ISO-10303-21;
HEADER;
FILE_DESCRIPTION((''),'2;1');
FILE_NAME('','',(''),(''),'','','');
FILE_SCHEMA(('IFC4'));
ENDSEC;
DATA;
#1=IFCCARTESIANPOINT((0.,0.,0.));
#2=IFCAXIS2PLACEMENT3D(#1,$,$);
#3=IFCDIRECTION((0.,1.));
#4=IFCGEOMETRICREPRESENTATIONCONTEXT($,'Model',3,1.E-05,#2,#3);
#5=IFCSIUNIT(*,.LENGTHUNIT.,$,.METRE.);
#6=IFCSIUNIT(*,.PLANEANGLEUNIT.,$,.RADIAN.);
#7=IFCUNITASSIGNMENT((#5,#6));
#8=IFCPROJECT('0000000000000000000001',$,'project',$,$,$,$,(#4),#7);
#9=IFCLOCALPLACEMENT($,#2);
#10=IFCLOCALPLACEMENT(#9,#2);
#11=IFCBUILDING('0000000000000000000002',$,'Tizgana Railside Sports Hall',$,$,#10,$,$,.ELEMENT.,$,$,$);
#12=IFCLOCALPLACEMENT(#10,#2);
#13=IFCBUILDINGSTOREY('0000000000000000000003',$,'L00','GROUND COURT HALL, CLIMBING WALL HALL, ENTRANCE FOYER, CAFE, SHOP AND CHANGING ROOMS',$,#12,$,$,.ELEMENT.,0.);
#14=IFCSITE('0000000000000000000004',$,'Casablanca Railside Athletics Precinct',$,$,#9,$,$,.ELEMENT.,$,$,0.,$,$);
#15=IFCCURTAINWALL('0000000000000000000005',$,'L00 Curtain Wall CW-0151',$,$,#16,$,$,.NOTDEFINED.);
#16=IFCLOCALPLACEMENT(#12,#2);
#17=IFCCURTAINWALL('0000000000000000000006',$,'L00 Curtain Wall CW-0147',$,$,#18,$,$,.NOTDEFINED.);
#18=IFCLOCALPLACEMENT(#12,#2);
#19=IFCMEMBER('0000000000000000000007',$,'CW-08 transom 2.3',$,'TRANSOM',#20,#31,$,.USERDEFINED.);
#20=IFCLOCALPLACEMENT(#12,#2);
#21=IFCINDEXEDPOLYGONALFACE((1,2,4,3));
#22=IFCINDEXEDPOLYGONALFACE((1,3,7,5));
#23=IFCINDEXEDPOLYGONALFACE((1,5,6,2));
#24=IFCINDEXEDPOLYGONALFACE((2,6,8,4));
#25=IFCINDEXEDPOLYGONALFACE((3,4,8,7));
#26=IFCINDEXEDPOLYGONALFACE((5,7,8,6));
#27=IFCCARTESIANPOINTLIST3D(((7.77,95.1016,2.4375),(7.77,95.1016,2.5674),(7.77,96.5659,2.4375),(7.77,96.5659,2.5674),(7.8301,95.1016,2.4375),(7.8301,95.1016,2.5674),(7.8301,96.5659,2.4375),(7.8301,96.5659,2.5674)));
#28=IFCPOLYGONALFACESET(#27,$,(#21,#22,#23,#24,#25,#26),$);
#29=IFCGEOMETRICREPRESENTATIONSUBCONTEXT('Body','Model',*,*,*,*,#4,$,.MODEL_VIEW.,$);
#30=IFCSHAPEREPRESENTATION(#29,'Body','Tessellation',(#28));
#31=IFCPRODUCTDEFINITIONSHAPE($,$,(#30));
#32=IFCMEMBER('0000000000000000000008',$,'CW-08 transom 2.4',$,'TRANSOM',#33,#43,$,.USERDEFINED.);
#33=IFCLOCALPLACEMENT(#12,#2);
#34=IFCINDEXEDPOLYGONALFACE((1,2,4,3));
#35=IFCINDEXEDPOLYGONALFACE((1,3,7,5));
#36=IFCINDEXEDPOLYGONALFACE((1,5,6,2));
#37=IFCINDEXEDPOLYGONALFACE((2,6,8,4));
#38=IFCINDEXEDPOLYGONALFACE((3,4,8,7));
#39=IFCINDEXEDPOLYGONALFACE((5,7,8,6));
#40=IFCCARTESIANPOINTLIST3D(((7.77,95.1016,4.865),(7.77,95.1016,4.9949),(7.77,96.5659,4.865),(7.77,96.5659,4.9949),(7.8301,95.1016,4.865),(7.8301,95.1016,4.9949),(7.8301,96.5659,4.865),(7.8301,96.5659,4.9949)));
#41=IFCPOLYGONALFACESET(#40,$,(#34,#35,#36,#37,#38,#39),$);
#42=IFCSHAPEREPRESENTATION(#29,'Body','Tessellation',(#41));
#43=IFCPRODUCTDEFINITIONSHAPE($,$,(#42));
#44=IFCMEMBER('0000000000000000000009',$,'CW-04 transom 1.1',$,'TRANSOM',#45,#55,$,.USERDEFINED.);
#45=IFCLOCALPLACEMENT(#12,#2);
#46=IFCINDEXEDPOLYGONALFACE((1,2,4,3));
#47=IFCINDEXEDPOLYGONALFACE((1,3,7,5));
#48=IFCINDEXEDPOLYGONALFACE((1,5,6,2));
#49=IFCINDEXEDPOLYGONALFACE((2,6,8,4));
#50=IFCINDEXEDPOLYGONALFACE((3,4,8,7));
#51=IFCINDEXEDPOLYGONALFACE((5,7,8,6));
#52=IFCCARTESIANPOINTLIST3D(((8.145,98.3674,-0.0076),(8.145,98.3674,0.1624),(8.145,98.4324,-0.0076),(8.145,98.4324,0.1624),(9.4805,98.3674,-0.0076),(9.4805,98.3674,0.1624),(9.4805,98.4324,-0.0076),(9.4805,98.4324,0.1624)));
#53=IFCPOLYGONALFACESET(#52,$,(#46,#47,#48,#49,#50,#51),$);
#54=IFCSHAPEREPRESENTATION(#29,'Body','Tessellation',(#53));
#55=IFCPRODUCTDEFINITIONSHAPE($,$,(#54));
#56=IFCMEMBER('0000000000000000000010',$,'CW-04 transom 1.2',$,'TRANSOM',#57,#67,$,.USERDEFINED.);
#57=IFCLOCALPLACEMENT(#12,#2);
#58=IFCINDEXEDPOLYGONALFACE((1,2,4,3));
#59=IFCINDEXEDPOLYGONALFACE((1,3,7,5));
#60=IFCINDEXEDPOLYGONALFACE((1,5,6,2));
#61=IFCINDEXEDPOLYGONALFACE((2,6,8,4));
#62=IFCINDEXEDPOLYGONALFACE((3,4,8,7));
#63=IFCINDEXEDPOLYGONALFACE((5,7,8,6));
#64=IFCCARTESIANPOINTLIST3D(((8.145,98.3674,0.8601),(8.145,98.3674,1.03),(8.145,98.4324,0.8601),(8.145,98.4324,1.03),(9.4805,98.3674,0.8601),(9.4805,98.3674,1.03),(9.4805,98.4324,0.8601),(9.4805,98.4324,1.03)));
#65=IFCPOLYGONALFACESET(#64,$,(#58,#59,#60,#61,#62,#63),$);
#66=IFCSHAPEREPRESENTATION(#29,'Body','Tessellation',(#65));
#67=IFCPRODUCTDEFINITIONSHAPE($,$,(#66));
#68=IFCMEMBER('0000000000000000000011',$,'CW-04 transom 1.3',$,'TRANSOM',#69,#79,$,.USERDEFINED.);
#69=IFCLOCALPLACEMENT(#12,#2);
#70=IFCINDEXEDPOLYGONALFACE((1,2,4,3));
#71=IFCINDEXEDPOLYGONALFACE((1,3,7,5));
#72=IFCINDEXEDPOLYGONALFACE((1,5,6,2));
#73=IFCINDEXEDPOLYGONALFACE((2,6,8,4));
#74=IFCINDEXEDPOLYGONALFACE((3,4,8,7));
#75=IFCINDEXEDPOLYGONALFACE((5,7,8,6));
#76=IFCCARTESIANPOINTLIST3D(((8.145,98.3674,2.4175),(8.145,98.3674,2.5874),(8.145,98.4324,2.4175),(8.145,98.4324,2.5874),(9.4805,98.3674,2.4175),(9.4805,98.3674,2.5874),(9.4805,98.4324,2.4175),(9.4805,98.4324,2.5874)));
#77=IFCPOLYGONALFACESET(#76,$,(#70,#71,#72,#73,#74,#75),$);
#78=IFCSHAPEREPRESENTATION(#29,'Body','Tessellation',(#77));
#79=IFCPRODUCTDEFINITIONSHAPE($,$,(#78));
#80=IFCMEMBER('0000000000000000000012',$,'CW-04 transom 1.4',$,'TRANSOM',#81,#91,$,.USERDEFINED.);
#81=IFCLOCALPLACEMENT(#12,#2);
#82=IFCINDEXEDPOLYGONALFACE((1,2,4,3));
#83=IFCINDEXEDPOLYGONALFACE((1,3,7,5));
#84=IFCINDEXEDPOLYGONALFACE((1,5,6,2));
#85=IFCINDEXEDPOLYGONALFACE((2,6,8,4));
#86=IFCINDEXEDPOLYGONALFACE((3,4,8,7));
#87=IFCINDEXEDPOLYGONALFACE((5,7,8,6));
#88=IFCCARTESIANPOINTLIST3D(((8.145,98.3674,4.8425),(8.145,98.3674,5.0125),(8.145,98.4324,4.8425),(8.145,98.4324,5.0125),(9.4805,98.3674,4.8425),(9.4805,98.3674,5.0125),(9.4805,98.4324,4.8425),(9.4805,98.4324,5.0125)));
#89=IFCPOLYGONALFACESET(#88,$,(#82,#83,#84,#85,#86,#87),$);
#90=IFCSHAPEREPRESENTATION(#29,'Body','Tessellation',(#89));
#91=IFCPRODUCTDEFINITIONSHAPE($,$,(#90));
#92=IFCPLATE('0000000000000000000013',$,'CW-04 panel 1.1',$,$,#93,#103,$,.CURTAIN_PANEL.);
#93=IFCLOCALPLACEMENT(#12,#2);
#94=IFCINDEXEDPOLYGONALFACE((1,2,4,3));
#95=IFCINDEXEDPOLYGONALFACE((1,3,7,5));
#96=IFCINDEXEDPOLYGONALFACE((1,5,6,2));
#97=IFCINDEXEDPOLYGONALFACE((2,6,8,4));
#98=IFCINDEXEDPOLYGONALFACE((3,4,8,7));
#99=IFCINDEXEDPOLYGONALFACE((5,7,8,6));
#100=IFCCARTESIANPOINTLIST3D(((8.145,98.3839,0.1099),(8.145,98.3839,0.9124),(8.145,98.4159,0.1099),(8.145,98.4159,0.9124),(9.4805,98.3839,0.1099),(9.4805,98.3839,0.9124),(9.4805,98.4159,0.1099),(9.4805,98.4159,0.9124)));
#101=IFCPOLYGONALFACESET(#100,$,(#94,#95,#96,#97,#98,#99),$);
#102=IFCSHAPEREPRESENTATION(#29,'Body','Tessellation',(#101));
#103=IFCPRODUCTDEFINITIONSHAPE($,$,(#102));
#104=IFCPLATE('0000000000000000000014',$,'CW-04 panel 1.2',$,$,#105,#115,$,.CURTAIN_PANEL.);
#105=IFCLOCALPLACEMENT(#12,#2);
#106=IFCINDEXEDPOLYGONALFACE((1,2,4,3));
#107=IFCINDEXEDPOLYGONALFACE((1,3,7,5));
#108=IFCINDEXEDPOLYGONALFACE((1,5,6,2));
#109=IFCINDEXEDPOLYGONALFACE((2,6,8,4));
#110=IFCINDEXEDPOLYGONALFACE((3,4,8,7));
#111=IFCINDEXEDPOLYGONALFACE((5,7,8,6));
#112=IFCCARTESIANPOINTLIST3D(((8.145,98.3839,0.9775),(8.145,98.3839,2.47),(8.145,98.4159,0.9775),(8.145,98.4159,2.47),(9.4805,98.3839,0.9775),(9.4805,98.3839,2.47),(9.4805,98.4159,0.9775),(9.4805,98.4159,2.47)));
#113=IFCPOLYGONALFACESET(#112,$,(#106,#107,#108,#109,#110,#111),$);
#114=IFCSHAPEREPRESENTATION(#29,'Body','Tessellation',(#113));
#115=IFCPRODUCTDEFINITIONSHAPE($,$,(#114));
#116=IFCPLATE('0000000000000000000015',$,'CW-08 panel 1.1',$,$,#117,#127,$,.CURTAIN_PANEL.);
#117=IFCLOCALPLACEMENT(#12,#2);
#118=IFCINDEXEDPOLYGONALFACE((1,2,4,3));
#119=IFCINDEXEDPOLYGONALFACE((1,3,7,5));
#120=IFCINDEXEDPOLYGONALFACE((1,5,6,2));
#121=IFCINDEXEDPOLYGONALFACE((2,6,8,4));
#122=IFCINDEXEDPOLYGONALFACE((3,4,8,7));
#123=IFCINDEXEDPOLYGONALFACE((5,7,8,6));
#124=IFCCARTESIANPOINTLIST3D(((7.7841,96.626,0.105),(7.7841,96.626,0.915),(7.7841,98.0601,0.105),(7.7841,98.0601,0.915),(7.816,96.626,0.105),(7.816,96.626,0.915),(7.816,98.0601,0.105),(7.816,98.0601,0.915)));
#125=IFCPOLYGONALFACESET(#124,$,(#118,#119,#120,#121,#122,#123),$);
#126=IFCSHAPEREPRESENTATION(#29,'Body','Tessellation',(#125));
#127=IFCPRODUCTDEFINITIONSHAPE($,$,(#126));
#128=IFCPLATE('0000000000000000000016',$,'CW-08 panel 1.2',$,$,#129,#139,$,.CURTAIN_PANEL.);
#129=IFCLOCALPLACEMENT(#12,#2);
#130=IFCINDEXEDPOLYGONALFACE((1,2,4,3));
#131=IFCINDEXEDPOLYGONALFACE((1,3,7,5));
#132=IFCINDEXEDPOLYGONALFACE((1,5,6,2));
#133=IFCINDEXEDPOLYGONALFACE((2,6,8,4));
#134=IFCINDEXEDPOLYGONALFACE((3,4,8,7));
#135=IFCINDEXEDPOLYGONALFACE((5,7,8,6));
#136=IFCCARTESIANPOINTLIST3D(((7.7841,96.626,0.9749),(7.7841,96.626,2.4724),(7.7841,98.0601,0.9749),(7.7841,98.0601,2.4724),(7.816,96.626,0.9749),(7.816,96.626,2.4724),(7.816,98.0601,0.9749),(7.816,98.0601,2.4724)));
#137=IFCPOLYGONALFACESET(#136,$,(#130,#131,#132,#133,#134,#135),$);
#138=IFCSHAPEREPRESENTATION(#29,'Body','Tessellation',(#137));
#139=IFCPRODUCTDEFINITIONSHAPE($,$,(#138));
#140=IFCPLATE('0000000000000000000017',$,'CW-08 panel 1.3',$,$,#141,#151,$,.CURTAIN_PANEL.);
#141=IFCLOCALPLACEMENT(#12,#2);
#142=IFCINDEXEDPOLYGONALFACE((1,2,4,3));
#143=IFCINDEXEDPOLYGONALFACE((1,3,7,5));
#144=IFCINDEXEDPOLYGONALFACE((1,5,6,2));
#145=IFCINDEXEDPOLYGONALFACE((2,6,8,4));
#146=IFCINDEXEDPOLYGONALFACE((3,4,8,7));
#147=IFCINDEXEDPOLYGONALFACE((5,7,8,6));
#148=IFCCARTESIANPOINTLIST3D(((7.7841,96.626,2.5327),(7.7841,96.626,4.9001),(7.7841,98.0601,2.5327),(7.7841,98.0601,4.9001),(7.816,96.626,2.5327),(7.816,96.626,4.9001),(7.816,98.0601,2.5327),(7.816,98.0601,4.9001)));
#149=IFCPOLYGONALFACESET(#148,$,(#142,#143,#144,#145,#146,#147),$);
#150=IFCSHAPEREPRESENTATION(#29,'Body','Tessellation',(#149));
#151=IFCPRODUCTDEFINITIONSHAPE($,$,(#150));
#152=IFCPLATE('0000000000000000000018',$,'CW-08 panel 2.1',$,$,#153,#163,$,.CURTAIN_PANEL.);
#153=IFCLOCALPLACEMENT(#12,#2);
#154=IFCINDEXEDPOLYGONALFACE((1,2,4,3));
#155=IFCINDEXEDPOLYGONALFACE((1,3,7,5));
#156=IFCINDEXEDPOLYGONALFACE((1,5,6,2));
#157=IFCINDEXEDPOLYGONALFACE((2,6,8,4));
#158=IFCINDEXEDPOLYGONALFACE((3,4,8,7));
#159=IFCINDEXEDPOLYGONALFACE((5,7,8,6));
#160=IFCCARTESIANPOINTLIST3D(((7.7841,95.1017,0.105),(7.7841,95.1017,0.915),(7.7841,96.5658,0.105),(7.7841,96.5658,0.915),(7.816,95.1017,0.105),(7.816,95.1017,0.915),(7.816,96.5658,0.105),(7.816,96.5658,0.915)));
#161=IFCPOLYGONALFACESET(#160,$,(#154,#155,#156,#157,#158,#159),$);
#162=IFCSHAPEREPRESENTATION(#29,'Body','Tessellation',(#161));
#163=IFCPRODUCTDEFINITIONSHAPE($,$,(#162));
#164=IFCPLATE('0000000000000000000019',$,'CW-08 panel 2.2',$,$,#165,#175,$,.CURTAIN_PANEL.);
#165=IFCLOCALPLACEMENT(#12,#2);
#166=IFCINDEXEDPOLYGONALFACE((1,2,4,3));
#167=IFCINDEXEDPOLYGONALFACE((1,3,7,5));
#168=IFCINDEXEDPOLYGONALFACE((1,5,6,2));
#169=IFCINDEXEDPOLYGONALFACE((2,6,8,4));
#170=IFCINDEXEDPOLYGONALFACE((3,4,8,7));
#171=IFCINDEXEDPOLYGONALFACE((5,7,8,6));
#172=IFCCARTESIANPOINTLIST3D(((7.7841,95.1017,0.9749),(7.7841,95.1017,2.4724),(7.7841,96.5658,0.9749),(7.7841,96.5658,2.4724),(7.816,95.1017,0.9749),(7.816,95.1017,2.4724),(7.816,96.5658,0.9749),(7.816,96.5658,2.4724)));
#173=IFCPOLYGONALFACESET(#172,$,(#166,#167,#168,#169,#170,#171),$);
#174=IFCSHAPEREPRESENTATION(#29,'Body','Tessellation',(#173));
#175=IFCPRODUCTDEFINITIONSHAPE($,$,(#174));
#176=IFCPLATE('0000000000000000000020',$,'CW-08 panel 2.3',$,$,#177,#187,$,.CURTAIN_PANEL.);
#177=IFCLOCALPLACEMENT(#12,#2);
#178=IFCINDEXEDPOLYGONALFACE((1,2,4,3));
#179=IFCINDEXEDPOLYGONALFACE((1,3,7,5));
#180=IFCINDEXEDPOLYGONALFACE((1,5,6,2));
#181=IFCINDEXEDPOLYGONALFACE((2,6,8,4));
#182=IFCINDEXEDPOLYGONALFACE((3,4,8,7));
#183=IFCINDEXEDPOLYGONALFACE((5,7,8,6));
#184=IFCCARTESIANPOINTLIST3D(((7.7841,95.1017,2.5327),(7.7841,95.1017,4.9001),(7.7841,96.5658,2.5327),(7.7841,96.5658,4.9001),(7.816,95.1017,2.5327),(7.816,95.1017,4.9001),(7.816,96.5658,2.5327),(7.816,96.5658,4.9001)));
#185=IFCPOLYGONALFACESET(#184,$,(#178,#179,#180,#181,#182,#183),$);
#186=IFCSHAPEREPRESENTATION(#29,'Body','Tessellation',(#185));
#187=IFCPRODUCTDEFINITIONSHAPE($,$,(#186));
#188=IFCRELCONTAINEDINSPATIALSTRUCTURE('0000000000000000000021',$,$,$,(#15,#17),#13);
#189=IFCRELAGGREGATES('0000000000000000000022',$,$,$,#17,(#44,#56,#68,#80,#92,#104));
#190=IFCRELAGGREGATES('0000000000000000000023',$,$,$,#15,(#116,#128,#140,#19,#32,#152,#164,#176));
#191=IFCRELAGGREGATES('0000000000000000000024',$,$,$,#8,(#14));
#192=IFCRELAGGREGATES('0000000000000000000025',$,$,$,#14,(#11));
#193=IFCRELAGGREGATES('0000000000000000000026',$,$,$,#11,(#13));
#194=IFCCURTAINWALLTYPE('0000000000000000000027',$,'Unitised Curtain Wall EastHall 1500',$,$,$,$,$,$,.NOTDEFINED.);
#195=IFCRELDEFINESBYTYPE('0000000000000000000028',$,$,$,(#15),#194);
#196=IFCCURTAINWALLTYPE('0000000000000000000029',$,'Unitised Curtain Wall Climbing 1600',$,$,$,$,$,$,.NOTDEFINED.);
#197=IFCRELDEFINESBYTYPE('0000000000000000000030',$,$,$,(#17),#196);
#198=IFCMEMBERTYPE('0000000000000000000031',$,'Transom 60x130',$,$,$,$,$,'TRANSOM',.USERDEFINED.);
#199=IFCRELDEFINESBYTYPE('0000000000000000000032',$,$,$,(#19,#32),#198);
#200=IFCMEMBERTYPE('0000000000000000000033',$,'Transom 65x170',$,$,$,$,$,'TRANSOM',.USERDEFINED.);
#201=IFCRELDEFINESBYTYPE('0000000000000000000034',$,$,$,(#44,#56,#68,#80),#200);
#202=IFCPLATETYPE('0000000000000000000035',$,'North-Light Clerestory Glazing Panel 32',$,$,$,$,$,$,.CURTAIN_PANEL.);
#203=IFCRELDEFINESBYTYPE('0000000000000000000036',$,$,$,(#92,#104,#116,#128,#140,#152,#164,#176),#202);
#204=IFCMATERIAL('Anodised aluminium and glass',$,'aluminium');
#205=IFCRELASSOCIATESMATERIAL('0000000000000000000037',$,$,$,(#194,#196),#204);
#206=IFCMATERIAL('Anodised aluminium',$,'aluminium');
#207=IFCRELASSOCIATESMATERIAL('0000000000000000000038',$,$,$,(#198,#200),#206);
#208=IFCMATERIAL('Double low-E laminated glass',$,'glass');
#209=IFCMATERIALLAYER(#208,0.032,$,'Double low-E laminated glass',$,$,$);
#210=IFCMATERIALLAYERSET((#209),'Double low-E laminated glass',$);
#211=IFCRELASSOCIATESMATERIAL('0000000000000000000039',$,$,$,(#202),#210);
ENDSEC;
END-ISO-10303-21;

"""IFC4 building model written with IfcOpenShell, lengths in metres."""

from ifc_helpers import new_model, si_unit, direction, frame, origin, origin_2d, place, context, subcontext, project, spatial, rectangle, extrude, material, layer, layer_set, material_profile, profile_set, type_object, element, aggregate, save


model = new_model("IFC4")

# Units and contexts
model_context = context("Model", 3, precision=1e-05, world=origin(), true_north=direction((0.0, 1.0)))
body_context = subcontext(model_context, "Body", "Model", "MODEL_VIEW")
ifc_project = project(units=[si_unit("LENGTHUNIT", "METRE"), si_unit("PLANEANGLEUNIT", "RADIAN")], contexts=[model_context])

# Site, building, storey
site_placement = place(None, origin())
site = spatial("IfcSite", under=ifc_project, at=site_placement, Name="Casablanca Railside Athletics Precinct", CompositionType="ELEMENT", RefElevation=0.0)
building_placement = place(site_placement, origin())
building = spatial("IfcBuilding", under=site, at=building_placement, Name="Tizgana Railside Sports Hall", CompositionType="ELEMENT")
storey_placement = place(building_placement, origin())
storey = spatial("IfcBuildingStorey", under=building, at=storey_placement, Name="L00", Description="GROUND COURT HALL, CLIMBING WALL HALL, ENTRANCE FOYER, CAFE, SHOP AND CHANGING ROOMS", CompositionType="ELEMENT", Elevation=0.0)

# Curtain wall
ifc_material_1 = material(Name="Anodised aluminium and glass", Category="aluminium")
curtain_wall_type_1 = type_object("IfcCurtainWallType", Name="Unitised Curtain Wall EastHall 1500", PredefinedType="NOTDEFINED", material=ifc_material_1)
curtain_wall_1_placement = place(storey_placement, origin())
curtain_wall_1 = element("IfcCurtainWall", 1, at=curtain_wall_1_placement, inside=storey, type_object=curtain_wall_type_1, Name="L00 Curtain Wall CW-0151", PredefinedType="NOTDEFINED")
ifc_material_2 = material(Name="Anodised aluminium", Category="aluminium")

# Curtain wall
curtain_wall_type_2 = type_object("IfcCurtainWallType", Name="Unitised Curtain Wall Climbing 1600", PredefinedType="NOTDEFINED", material=ifc_material_1)
curtain_wall_2_placement = place(storey_placement, origin())
curtain_wall_2 = element("IfcCurtainWall", 2, at=curtain_wall_2_placement, inside=storey, type_object=curtain_wall_type_2, Name="L00 Curtain Wall CW-0147", PredefinedType="NOTDEFINED")

# Members
ifc_material_profile_1 = material_profile(ifc_material_2, rectangle(XDim=0.0601, YDim=0.1299, at=origin_2d()), Name="Transom 60x130")
ifc_profile_set_1 = profile_set([ifc_material_profile_1], Name="Anodised aluminium")
member_type_1 = type_object("IfcMemberType", Name="Transom 60x130", ElementType="TRANSOM", PredefinedType="USERDEFINED", material=ifc_profile_set_1)
member_1_placement = place(storey_placement, frame((7.8, 96.5659, 2.5024), z_axis=(0.0, -1.0, 0.0), x_axis=(1.0, 0.0, 0.0)))
member_1 = element("IfcMember", 3, at=member_1_placement, type_object=member_type_1, Name="CW-08 transom 2.3", ObjectType="TRANSOM", PredefinedType="USERDEFINED", context=body_context, shape_type="SweptSolid", body=[
    extrude(rectangle(XDim=0.0601, YDim=0.1299, at=origin_2d()), origin(), (0.0, 0.0, 1.0), 1.4644),
])
member_2_placement = place(storey_placement, frame((7.8, 96.5659, 4.9299), z_axis=(0.0, -1.0, 0.0), x_axis=(1.0, 0.0, 0.0)))
member_2 = element("IfcMember", 4, at=member_2_placement, type_object=member_type_1, Name="CW-08 transom 2.4", ObjectType="TRANSOM", PredefinedType="USERDEFINED", context=body_context, shape_type="SweptSolid", body=[
    extrude(rectangle(XDim=0.0601, YDim=0.1299, at=origin_2d()), origin(), (0.0, 0.0, 1.0), 1.4644),
])
ifc_material_profile_2 = material_profile(ifc_material_2, rectangle(XDim=0.0649, YDim=0.1699, at=origin_2d()), Name="Transom 65x170")
ifc_profile_set_2 = profile_set([ifc_material_profile_2], Name="Anodised aluminium")
member_type_2 = type_object("IfcMemberType", Name="Transom 65x170", ElementType="TRANSOM", PredefinedType="USERDEFINED", material=ifc_profile_set_2)
member_3_placement = place(storey_placement, frame((8.145, 98.3999, 0.0774), z_axis=(1.0, 0.0, 0.0), x_axis=(0.0, 1.0, 0.0)))
member_3 = element("IfcMember", 5, at=member_3_placement, type_object=member_type_2, Name="CW-04 transom 1.1", ObjectType="TRANSOM", PredefinedType="USERDEFINED", context=body_context, shape_type="SweptSolid", body=[
    extrude(rectangle(XDim=0.0649, YDim=0.1699, at=origin_2d()), origin(), (0.0, 0.0, 1.0), 1.3354),
])
member_4_placement = place(storey_placement, frame((8.145, 98.3999, 0.9451), z_axis=(1.0, 0.0, 0.0), x_axis=(0.0, 1.0, 0.0)))
member_4 = element("IfcMember", 6, at=member_4_placement, type_object=member_type_2, Name="CW-04 transom 1.2", ObjectType="TRANSOM", PredefinedType="USERDEFINED", context=body_context, shape_type="SweptSolid", body=[
    extrude(rectangle(XDim=0.0649, YDim=0.1699, at=origin_2d()), origin(), (0.0, 0.0, 1.0), 1.3354),
])
member_5_placement = place(storey_placement, frame((8.145, 98.3999, 2.5024), z_axis=(1.0, 0.0, 0.0), x_axis=(0.0, 1.0, 0.0)))
member_5 = element("IfcMember", 7, at=member_5_placement, type_object=member_type_2, Name="CW-04 transom 1.3", ObjectType="TRANSOM", PredefinedType="USERDEFINED", context=body_context, shape_type="SweptSolid", body=[
    extrude(rectangle(XDim=0.0649, YDim=0.1699, at=origin_2d()), origin(), (0.0, 0.0, 1.0), 1.3354),
])
member_6_placement = place(storey_placement, frame((8.145, 98.3999, 4.9275), z_axis=(1.0, 0.0, 0.0), x_axis=(0.0, 1.0, 0.0)))
member_6 = element("IfcMember", 8, at=member_6_placement, type_object=member_type_2, Name="CW-04 transom 1.4", ObjectType="TRANSOM", PredefinedType="USERDEFINED", context=body_context, shape_type="SweptSolid", body=[
    extrude(rectangle(XDim=0.0649, YDim=0.1699, at=origin_2d()), origin(), (0.0, 0.0, 1.0), 1.3354),
])

# Plates
ifc_material_3 = material(Name="Double low-E laminated glass", Category="glass")
ifc_layer_1 = layer(ifc_material_3, 0.032, Name="Double low-E laminated glass")
ifc_layer_set_1 = layer_set([ifc_layer_1], Name="Double low-E laminated glass")
plate_type_1 = type_object("IfcPlateType", Name="North-Light Clerestory Glazing Panel 32", PredefinedType="CURTAIN_PANEL", material=ifc_layer_set_1)
plate_1_placement = place(storey_placement, frame((8.8127, 98.3999, 0.1099), z_axis=(0.0, 0.0, 1.0), x_axis=(1.0, 0.0, 0.0)))
plate_1 = element("IfcPlate", 9, at=plate_1_placement, type_object=plate_type_1, Name="CW-04 panel 1.1", PredefinedType="CURTAIN_PANEL", context=body_context, shape_type="SweptSolid", body=[
    extrude(rectangle(XDim=1.3354, YDim=0.032, at=origin_2d()), origin(), (0.0, 0.0, 1.0), 0.8025),
])
plate_2_placement = place(storey_placement, frame((8.8127, 98.3999, 0.9775), z_axis=(0.0, 0.0, 1.0), x_axis=(1.0, 0.0, 0.0)))
plate_2 = element("IfcPlate", 10, at=plate_2_placement, type_object=plate_type_1, Name="CW-04 panel 1.2", PredefinedType="CURTAIN_PANEL", context=body_context, shape_type="SweptSolid", body=[
    extrude(rectangle(XDim=1.3354, YDim=0.032, at=origin_2d()), origin(), (0.0, 0.0, 1.0), 1.4924),
])
aggregate(curtain_wall_2, [member_3, member_4, member_5, member_6, plate_1, plate_2])
plate_3_placement = place(storey_placement, frame((7.8, 97.343, 0.105), z_axis=(0.0, 0.0, 1.0), x_axis=(0.0, -1.0, 0.0)))
plate_3 = element("IfcPlate", 11, at=plate_3_placement, type_object=plate_type_1, Name="CW-08 panel 1.1", PredefinedType="CURTAIN_PANEL", context=body_context, shape_type="SweptSolid", body=[
    extrude(rectangle(XDim=1.4341, YDim=0.032, at=origin_2d()), origin(), (0.0, 0.0, 1.0), 0.8101),
])
plate_4_placement = place(storey_placement, frame((7.8, 97.343, 0.9749), z_axis=(0.0, 0.0, 1.0), x_axis=(0.0, -1.0, 0.0)))
plate_4 = element("IfcPlate", 12, at=plate_4_placement, type_object=plate_type_1, Name="CW-08 panel 1.2", PredefinedType="CURTAIN_PANEL", context=body_context, shape_type="SweptSolid", body=[
    extrude(rectangle(XDim=1.4341, YDim=0.032, at=origin_2d()), origin(), (0.0, 0.0, 1.0), 1.4976),
])
plate_5_placement = place(storey_placement, frame((7.8, 97.343, 2.5327), z_axis=(0.0, 0.0, 1.0), x_axis=(0.0, -1.0, 0.0)))
plate_5 = element("IfcPlate", 13, at=plate_5_placement, type_object=plate_type_1, Name="CW-08 panel 1.3", PredefinedType="CURTAIN_PANEL", context=body_context, shape_type="SweptSolid", body=[
    extrude(rectangle(XDim=1.4341, YDim=0.032, at=origin_2d()), origin(), (0.0, 0.0, 1.0), 2.3674),
])
plate_6_placement = place(storey_placement, frame((7.8, 95.8337, 0.105), z_axis=(0.0, 0.0, 1.0), x_axis=(0.0, -1.0, 0.0)))
plate_6 = element("IfcPlate", 14, at=plate_6_placement, type_object=plate_type_1, Name="CW-08 panel 2.1", PredefinedType="CURTAIN_PANEL", context=body_context, shape_type="SweptSolid", body=[
    extrude(rectangle(XDim=1.4641, YDim=0.032, at=origin_2d()), origin(), (0.0, 0.0, 1.0), 0.8101),
])
plate_7_placement = place(storey_placement, frame((7.8, 95.8337, 0.9749), z_axis=(0.0, 0.0, 1.0), x_axis=(0.0, -1.0, 0.0)))
plate_7 = element("IfcPlate", 15, at=plate_7_placement, type_object=plate_type_1, Name="CW-08 panel 2.2", PredefinedType="CURTAIN_PANEL", context=body_context, shape_type="SweptSolid", body=[
    extrude(rectangle(XDim=1.4641, YDim=0.032, at=origin_2d()), origin(), (0.0, 0.0, 1.0), 1.4976),
])
plate_8_placement = place(storey_placement, frame((7.8, 95.8337, 2.5327), z_axis=(0.0, 0.0, 1.0), x_axis=(0.0, -1.0, 0.0)))
plate_8 = element("IfcPlate", 16, at=plate_8_placement, type_object=plate_type_1, Name="CW-08 panel 2.3", PredefinedType="CURTAIN_PANEL", context=body_context, shape_type="SweptSolid", body=[
    extrude(rectangle(XDim=1.4641, YDim=0.032, at=origin_2d()), origin(), (0.0, 0.0, 1.0), 2.3674),
])
aggregate(curtain_wall_1, [plate_3, plate_4, plate_5, member_1, member_2, plate_6, plate_7, plate_8])

save(model, "model.ifc")
